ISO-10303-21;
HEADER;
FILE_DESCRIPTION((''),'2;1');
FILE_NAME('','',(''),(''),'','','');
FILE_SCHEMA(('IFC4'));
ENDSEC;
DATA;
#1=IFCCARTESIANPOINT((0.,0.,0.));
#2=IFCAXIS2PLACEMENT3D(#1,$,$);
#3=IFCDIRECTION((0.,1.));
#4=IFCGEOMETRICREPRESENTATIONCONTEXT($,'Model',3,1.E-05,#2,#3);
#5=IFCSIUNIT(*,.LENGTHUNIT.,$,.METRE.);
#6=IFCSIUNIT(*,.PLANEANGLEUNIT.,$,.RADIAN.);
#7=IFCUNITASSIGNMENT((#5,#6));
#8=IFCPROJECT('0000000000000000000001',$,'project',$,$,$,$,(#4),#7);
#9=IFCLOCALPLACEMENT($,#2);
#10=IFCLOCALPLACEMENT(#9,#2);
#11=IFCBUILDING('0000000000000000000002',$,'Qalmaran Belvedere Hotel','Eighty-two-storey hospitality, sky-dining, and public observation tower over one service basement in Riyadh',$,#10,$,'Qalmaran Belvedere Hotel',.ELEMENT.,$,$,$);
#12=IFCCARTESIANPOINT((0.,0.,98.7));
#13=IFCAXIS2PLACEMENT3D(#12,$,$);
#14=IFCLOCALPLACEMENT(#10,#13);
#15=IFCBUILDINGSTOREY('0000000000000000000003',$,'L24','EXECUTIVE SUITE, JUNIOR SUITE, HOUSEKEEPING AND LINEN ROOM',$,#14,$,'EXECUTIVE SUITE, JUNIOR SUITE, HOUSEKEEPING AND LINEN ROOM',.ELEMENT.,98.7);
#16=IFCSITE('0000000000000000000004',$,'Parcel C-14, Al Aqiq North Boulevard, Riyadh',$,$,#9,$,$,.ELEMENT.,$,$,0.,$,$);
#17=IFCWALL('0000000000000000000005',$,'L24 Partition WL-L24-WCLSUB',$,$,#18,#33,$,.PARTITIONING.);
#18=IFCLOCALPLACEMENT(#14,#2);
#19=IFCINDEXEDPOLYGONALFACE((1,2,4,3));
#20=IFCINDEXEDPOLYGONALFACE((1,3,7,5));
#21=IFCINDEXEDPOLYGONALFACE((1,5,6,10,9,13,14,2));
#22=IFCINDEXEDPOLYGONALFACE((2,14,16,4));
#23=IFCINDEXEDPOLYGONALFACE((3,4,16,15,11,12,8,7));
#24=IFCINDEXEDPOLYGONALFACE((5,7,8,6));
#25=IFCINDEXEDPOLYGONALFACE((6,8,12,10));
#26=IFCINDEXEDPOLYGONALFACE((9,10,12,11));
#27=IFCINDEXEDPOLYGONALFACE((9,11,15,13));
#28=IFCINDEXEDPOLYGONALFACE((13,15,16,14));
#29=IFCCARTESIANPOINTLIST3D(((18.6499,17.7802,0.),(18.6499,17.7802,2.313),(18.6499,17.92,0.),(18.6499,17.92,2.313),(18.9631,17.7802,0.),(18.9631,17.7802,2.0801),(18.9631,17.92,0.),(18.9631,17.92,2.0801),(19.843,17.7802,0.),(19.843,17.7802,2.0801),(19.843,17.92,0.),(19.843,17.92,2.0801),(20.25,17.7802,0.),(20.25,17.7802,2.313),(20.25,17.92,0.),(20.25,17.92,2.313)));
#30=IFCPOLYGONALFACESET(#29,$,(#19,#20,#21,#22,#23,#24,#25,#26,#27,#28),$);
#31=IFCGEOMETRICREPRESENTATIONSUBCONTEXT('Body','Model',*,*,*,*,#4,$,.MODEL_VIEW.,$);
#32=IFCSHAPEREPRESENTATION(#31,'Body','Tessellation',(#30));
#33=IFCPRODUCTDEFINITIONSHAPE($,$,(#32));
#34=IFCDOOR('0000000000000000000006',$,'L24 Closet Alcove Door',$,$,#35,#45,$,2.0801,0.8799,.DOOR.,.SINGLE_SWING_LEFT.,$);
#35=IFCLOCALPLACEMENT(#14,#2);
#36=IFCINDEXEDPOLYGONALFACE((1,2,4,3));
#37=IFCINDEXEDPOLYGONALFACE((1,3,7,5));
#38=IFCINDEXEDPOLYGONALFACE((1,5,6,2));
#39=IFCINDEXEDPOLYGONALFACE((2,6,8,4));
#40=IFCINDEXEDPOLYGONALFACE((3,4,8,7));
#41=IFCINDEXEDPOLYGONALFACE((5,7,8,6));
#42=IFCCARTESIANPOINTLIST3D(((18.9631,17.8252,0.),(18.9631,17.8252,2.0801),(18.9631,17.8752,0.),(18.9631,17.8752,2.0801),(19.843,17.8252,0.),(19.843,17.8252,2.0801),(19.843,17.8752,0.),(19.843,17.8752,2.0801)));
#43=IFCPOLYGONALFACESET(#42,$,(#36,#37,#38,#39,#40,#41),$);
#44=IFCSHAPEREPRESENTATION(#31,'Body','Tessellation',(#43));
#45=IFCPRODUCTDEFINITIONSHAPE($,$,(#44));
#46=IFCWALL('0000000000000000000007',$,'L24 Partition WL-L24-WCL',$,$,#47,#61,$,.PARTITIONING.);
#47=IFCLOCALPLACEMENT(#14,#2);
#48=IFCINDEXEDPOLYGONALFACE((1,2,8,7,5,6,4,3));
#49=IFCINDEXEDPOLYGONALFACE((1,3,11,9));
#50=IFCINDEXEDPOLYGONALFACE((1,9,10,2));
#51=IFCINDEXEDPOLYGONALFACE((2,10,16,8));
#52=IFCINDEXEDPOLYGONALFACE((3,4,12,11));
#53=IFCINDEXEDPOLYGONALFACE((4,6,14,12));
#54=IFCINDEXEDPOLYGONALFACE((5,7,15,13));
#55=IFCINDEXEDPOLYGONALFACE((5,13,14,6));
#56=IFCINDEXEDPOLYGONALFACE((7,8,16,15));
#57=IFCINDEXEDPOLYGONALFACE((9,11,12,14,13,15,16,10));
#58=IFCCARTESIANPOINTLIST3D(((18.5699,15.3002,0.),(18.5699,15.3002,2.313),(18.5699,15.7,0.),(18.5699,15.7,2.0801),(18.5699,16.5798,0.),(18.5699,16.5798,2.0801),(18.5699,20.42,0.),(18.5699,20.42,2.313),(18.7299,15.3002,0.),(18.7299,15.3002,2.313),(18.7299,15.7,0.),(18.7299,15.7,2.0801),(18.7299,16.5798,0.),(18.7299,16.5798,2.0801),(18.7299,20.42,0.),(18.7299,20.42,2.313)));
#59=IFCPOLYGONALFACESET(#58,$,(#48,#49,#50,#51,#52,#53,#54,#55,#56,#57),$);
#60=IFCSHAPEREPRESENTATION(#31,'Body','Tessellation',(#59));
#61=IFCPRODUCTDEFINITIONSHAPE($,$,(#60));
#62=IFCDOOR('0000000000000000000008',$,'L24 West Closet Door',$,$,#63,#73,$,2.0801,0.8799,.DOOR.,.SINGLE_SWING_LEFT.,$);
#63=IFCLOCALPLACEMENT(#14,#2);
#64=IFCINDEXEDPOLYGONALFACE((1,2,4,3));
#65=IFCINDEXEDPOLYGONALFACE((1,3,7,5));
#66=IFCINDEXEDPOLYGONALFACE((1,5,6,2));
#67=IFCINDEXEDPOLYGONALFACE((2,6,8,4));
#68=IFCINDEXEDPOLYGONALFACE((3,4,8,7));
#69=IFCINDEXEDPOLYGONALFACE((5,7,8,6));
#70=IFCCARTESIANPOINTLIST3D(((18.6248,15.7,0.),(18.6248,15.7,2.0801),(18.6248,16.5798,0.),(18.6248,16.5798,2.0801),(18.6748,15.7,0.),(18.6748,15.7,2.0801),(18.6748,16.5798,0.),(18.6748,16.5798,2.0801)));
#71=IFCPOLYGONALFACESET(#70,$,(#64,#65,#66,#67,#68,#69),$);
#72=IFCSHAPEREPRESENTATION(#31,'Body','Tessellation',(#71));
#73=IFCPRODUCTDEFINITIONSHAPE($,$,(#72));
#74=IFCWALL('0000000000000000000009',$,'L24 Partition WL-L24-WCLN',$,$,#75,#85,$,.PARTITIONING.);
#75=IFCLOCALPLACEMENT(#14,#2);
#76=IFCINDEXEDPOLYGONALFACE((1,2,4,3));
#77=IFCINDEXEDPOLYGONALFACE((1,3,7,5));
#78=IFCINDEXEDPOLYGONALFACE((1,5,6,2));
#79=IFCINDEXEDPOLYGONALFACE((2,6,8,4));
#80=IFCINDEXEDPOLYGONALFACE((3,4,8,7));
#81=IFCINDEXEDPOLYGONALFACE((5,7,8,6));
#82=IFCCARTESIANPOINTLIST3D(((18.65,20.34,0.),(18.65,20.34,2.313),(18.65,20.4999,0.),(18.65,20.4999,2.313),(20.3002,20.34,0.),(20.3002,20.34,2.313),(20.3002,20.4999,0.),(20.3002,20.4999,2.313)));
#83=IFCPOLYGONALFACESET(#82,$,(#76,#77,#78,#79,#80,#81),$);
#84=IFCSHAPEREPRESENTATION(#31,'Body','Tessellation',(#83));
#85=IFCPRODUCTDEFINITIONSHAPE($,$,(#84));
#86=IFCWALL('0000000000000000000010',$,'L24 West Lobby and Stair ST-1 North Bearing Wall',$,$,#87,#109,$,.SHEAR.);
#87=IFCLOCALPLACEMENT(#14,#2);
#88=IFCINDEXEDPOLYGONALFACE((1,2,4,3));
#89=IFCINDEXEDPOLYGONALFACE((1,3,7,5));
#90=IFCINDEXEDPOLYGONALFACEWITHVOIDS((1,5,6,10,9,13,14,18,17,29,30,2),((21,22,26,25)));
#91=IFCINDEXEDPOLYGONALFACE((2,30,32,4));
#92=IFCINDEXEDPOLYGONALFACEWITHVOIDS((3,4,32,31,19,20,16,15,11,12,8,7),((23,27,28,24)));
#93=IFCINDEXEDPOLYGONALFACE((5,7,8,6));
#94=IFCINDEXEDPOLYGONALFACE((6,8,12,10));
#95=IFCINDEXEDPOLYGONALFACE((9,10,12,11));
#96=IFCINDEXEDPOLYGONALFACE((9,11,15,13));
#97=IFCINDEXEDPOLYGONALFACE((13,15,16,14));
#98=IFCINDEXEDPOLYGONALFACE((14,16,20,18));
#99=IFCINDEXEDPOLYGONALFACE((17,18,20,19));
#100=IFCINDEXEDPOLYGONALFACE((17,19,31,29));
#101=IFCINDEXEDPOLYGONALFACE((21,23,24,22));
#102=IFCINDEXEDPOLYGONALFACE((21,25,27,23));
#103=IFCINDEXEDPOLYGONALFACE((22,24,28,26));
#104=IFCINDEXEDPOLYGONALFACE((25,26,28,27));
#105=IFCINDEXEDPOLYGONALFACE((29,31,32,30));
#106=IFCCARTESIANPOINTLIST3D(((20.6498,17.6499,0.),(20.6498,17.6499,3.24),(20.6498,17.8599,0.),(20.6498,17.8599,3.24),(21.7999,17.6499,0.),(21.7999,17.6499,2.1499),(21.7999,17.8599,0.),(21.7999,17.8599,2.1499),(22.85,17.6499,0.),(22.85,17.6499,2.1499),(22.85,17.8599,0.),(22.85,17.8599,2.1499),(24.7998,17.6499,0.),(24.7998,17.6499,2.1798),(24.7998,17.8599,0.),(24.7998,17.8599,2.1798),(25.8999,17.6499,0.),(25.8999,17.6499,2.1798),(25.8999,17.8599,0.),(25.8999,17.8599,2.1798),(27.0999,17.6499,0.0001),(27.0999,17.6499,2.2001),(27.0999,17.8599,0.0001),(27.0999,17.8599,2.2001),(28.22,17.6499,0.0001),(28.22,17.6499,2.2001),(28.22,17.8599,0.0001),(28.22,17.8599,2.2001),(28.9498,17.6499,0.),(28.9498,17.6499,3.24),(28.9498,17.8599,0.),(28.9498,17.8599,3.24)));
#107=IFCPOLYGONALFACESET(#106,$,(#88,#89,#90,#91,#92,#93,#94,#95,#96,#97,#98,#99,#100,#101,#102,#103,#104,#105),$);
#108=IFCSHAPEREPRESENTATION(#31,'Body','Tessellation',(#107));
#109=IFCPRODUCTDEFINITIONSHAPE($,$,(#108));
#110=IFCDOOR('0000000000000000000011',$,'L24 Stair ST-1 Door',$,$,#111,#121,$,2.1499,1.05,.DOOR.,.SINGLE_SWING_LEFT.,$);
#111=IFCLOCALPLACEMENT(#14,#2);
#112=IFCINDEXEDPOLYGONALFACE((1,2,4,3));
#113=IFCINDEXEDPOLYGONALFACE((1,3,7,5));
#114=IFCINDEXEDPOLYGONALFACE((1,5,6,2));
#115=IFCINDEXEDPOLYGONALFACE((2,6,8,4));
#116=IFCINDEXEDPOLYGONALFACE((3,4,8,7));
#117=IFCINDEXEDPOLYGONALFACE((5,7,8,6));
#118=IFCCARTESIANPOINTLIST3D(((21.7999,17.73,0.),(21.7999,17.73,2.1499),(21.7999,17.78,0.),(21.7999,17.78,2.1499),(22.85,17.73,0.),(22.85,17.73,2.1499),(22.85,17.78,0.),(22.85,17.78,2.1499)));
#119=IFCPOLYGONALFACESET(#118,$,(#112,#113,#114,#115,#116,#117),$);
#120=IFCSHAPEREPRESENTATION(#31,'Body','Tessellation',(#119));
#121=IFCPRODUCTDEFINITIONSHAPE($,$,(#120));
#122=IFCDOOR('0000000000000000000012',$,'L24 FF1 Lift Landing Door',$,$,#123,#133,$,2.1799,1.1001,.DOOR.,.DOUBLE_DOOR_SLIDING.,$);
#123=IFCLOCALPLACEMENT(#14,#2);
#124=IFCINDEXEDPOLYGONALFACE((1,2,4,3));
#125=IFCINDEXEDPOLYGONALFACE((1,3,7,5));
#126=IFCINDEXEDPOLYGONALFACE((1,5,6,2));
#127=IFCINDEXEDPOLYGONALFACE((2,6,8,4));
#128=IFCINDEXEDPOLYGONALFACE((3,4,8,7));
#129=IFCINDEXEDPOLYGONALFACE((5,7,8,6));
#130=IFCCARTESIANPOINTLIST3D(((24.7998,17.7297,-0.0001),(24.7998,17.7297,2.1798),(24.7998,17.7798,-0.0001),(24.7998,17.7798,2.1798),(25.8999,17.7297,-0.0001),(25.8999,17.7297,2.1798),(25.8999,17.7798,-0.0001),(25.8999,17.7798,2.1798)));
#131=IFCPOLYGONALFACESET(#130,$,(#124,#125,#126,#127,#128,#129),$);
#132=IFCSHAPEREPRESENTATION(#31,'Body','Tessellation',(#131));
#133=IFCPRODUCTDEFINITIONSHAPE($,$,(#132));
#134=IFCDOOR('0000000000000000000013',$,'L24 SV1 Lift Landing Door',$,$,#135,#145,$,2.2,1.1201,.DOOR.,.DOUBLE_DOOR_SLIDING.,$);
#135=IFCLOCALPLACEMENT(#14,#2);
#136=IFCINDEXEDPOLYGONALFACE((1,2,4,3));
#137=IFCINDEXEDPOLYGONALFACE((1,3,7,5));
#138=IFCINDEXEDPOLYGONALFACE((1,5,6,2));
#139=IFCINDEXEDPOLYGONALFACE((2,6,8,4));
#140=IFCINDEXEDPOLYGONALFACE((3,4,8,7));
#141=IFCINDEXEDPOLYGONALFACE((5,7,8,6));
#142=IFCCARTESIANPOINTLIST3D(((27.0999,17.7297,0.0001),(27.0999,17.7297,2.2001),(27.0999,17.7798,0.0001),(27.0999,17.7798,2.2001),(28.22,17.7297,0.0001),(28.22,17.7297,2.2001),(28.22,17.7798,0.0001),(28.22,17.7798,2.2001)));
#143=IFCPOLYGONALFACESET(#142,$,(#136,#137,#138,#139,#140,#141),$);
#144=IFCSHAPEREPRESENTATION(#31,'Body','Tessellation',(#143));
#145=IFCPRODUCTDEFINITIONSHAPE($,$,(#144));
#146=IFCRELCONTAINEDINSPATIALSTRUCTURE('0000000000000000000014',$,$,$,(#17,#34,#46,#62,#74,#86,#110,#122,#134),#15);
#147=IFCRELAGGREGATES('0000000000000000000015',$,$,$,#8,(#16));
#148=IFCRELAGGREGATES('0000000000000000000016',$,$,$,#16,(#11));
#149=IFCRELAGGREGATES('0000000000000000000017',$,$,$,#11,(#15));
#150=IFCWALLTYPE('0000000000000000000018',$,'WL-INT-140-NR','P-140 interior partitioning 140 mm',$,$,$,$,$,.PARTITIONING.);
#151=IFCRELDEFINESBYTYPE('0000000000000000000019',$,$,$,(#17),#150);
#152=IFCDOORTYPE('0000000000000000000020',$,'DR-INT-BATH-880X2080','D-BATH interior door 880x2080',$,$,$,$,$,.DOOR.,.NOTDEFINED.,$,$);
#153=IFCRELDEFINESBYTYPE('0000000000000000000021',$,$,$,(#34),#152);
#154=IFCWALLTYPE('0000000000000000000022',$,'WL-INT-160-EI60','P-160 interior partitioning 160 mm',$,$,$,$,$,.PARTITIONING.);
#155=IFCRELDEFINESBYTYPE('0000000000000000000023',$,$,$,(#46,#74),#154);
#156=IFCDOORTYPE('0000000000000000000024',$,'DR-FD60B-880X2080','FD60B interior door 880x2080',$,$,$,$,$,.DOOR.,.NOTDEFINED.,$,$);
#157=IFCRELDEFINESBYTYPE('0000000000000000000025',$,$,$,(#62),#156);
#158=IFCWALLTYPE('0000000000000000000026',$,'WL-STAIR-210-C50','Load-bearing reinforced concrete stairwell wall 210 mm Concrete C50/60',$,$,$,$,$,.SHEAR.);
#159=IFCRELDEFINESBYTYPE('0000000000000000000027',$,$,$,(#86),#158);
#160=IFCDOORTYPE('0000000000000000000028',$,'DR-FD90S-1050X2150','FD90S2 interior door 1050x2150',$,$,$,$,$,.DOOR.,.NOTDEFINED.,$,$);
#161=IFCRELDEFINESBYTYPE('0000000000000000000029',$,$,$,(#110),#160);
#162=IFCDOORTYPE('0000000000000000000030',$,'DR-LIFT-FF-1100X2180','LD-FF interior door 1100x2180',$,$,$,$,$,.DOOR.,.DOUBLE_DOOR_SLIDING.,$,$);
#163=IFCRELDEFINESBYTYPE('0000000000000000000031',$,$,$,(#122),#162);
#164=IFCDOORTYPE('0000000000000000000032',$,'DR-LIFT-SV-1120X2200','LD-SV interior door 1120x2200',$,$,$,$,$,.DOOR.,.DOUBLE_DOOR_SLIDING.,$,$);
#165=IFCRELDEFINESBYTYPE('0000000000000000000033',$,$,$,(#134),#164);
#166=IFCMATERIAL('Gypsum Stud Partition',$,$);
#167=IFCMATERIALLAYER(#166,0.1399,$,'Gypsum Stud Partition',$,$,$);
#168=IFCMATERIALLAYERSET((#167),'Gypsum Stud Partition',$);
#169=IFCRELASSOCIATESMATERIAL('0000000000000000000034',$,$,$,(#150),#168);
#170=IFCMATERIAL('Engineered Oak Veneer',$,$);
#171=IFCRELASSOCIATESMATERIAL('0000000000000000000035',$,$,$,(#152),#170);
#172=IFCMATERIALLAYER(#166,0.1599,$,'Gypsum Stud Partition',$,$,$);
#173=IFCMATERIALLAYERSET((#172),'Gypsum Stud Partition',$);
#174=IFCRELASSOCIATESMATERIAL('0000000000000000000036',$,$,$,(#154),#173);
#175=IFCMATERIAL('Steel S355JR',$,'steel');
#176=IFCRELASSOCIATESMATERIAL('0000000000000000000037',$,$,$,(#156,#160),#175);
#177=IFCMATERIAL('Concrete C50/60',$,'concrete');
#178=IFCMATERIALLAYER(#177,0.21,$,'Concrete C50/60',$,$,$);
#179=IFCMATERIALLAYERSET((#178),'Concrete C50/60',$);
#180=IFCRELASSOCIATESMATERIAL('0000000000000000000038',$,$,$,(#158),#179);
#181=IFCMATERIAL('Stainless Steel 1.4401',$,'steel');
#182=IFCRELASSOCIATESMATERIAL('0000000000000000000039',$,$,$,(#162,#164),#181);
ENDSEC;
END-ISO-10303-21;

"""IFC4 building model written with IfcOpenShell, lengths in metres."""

from ifc_helpers import new_model, si_unit, direction, frame, frame_2d, origin, place, context, subcontext, project, spatial, rectangle, extrude, material, layer, layer_set, type_object, element, fill, save


model = new_model("IFC4")

# Units and contexts
model_context = context("Model", 3, precision=1e-05, world=origin(), true_north=direction((0.0, 1.0)))
body_context = subcontext(model_context, "Body", "Model", "MODEL_VIEW")
ifc_project = project(units=[si_unit("LENGTHUNIT", "METRE"), si_unit("PLANEANGLEUNIT", "RADIAN")], contexts=[model_context])

# Site, building, storey
site_placement = place(None, origin())
site = spatial("IfcSite", under=ifc_project, at=site_placement, Name="Parcel C-14, Al Aqiq North Boulevard, Riyadh", CompositionType="ELEMENT", RefElevation=0.0)
building_placement = place(site_placement, origin())
building = spatial("IfcBuilding", under=site, at=building_placement, Name="Qalmaran Belvedere Hotel", Description="Eighty-two-storey hospitality, sky-dining, and public observation tower over one service basement in Riyadh", LongName="Qalmaran Belvedere Hotel", CompositionType="ELEMENT")
storey_placement = place(building_placement, frame((0.0, 0.0, 98.7)))
storey = spatial("IfcBuildingStorey", under=building, at=storey_placement, Name="L24", Description="EXECUTIVE SUITE, JUNIOR SUITE, HOUSEKEEPING AND LINEN ROOM", LongName="EXECUTIVE SUITE, JUNIOR SUITE, HOUSEKEEPING AND LINEN ROOM", CompositionType="ELEMENT", Elevation=98.7)

# Walls, openings, doors
ifc_material_1 = material(Name="Gypsum Stud Partition")
ifc_layer_1 = layer(ifc_material_1, 0.1399, Name="Gypsum Stud Partition")
ifc_layer_set_1 = layer_set([ifc_layer_1], Name="Gypsum Stud Partition")
wall_type_1 = type_object("IfcWallType", Name="WL-INT-140-NR", Description="P-140 interior partitioning 140 mm", PredefinedType="PARTITIONING", material=ifc_layer_set_1)
wall_1_placement = place(storey_placement, frame((18.6499, 17.8501, 0.0), z_axis=(0.0, 0.0, 1.0), x_axis=(1.0, 0.0, 0.0)))
wall_1 = element("IfcWall", 1, at=wall_1_placement, inside=storey, type_object=wall_type_1, Name="L24 Partition WL-L24-WCLSUB", PredefinedType="PARTITIONING", context=body_context, shape_type="SweptSolid", body=[
    extrude(rectangle(XDim=1.6001, YDim=0.1399, at=frame_2d((0.8, 0.0))), origin(), (0.0, 0.0, 1.0), 2.313),
])
opening_1_placement = place(wall_1_placement, frame((1.1931, 0.0, 0.0), z_axis=(0.0, 0.0, 1.0), x_axis=(-1.0, 0.0, 0.0)))
opening_1 = element("IfcOpeningElement", 2, at=opening_1_placement, cuts=wall_1, PredefinedType="OPENING", context=body_context, shape_type="SweptSolid", body=[
    extrude(rectangle(XDim=0.8799, YDim=2.0801, at=frame_2d((0.4399, 1.04))), frame((0.0, 0.0801, 0.0), z_axis=(0.0, -1.0, 0.0), x_axis=(1.0, 0.0, 0.0)), (0.0, 0.0, 1.0), 0.1599),
])
ifc_material_2 = material(Name="Engineered Oak Veneer")
door_type_1 = type_object("IfcDoorType", Name="DR-INT-BATH-880X2080", Description="D-BATH interior door 880x2080", OperationType="NOTDEFINED", PredefinedType="DOOR", material=ifc_material_2)
door_1_placement = place(opening_1_placement, origin())
door_1 = element("IfcDoor", 3, at=door_1_placement, inside=storey, type_object=door_type_1, Name="L24 Closet Alcove Door", OperationType="SINGLE_SWING_LEFT", OverallHeight=2.0801, OverallWidth=0.8799, PredefinedType="DOOR", context=body_context, shape_type="SweptSolid", body=[
    extrude(rectangle(XDim=0.8799, YDim=2.0801, at=frame_2d((0.4399, 1.04))), frame((0.0, 0.0249, 0.0), z_axis=(0.0, -1.0, 0.0), x_axis=(1.0, 0.0, 0.0)), (0.0, 0.0, 1.0), 0.05),
])
fill(opening_1, door_1)
ifc_layer_2 = layer(ifc_material_1, 0.1599, Name="Gypsum Stud Partition")
ifc_layer_set_2 = layer_set([ifc_layer_2], Name="Gypsum Stud Partition")
wall_type_2 = type_object("IfcWallType", Name="WL-INT-160-EI60", Description="P-160 interior partitioning 160 mm", PredefinedType="PARTITIONING", material=ifc_layer_set_2)
wall_2_placement = place(storey_placement, frame((18.6499, 15.3, 0.0), z_axis=(0.0, 0.0, 1.0), x_axis=(0.0, 1.0, 0.0)))
wall_2 = element("IfcWall", 4, at=wall_2_placement, inside=storey, type_object=wall_type_2, Name="L24 Partition WL-L24-WCL", PredefinedType="PARTITIONING", context=body_context, shape_type="SweptSolid", body=[
    extrude(rectangle(XDim=5.1199, YDim=0.1599, at=frame_2d((2.5601, 0.0))), origin(), (0.0, 0.0, 1.0), 2.313),
])
opening_2_placement = place(wall_2_placement, frame((1.2798, 0.0, 0.0), z_axis=(0.0, 0.0, 1.0), x_axis=(-1.0, 0.0, 0.0)))
opening_2 = element("IfcOpeningElement", 5, at=opening_2_placement, cuts=wall_2, PredefinedType="OPENING", context=body_context, shape_type="SweptSolid", body=[
    extrude(rectangle(XDim=0.8799, YDim=2.0801, at=frame_2d((0.4399, 1.04))), frame((0.0, 0.0898, 0.0), z_axis=(0.0, -1.0, 0.0), x_axis=(1.0, 0.0, 0.0)), (0.0, 0.0, 1.0), 0.1799),
])
ifc_material_3 = material(Name="Steel S355JR", Category="steel")
door_type_2 = type_object("IfcDoorType", Name="DR-FD60B-880X2080", Description="FD60B interior door 880x2080", OperationType="NOTDEFINED", PredefinedType="DOOR", material=ifc_material_3)
door_2_placement = place(opening_2_placement, origin())
door_2 = element("IfcDoor", 6, at=door_2_placement, inside=storey, type_object=door_type_2, Name="L24 West Closet Door", OperationType="SINGLE_SWING_LEFT", OverallHeight=2.0801, OverallWidth=0.8799, PredefinedType="DOOR", context=body_context, shape_type="SweptSolid", body=[
    extrude(rectangle(XDim=0.8799, YDim=2.0801, at=frame_2d((0.4399, 1.04))), frame((0.0, 0.0249, 0.0), z_axis=(0.0, -1.0, 0.0), x_axis=(1.0, 0.0, 0.0)), (0.0, 0.0, 1.0), 0.05),
])
fill(opening_2, door_2)

# Wall
wall_3_placement = place(storey_placement, frame((18.6499, 20.4199, 0.0), z_axis=(0.0, 0.0, 1.0), x_axis=(1.0, 0.0, 0.0)))
element("IfcWall", 7, at=wall_3_placement, inside=storey, type_object=wall_type_2, Name="L24 Partition WL-L24-WCLN", PredefinedType="PARTITIONING", context=body_context, shape_type="SweptSolid", body=[
    extrude(rectangle(XDim=1.6501, YDim=0.1599, at=frame_2d((0.8252, 0.0))), origin(), (0.0, 0.0, 1.0), 2.313),
])

# Wall, openings, doors
ifc_material_4 = material(Name="Concrete C50/60", Category="concrete")
ifc_layer_3 = layer(ifc_material_4, 0.21, Name="Concrete C50/60")
ifc_layer_set_3 = layer_set([ifc_layer_3], Name="Concrete C50/60")
wall_type_3 = type_object("IfcWallType", Name="WL-STAIR-210-C50", Description="Load-bearing reinforced concrete stairwell wall 210 mm Concrete C50/60", PredefinedType="SHEAR", material=ifc_layer_set_3)
wall_4_placement = place(storey_placement, frame((20.6499, 17.7549, 0.0), z_axis=(0.0, 0.0, 1.0), x_axis=(1.0, 0.0, 0.0)))
wall_4 = element("IfcWall", 8, at=wall_4_placement, inside=storey, type_object=wall_type_3, Name="L24 West Lobby and Stair ST-1 North Bearing Wall", PredefinedType="SHEAR", context=body_context, shape_type="SweptSolid", body=[
    extrude(rectangle(XDim=8.3, YDim=0.21, at=frame_2d((4.1499, 0.0))), origin(), (0.0, 0.0, 1.0), 3.24),
])
opening_3_placement = place(wall_4_placement, frame((2.2, 0.0, 0.0), z_axis=(0.0, 0.0, 1.0), x_axis=(-1.0, 0.0, 0.0)))
opening_3 = element("IfcOpeningElement", 9, at=opening_3_placement, cuts=wall_4, PredefinedType="OPENING", context=body_context, shape_type="SweptSolid", body=[
    extrude(rectangle(XDim=1.05, YDim=2.1499, at=frame_2d((0.5249, 1.075))), frame((0.0, 0.115, 0.0), z_axis=(0.0, -1.0, 0.0), x_axis=(1.0, 0.0, 0.0)), (0.0, 0.0, 1.0), 0.23),
])
opening_4_placement = place(wall_4_placement, frame((4.1499, 0.0, 0.0)))
opening_4 = element("IfcOpeningElement", 10, at=opening_4_placement, cuts=wall_4, PredefinedType="OPENING", context=body_context, shape_type="SweptSolid", body=[
    extrude(rectangle(XDim=1.1001, YDim=2.1799, at=frame_2d((0.55, 1.0898))), frame((0.0, 0.115, 0.0), z_axis=(0.0, -1.0, 0.0), x_axis=(1.0, 0.0, 0.0)), (0.0, 0.0, 1.0), 0.23),
])
opening_5_placement = place(wall_4_placement, frame((6.45, 0.0, 0.0)))
opening_5 = element("IfcOpeningElement", 11, at=opening_5_placement, cuts=wall_4, PredefinedType="OPENING", context=body_context, shape_type="SweptSolid", body=[
    extrude(rectangle(XDim=1.1201, YDim=2.2, at=frame_2d((0.5601, 1.1001))), frame((0.0, 0.115, 0.0), z_axis=(0.0, -1.0, 0.0), x_axis=(1.0, 0.0, 0.0)), (0.0, 0.0, 1.0), 0.23),
])
door_type_3 = type_object("IfcDoorType", Name="DR-FD90S-1050X2150", Description="FD90S2 interior door 1050x2150", OperationType="NOTDEFINED", PredefinedType="DOOR", material=ifc_material_3)
door_3_placement = place(opening_3_placement, origin())
door_3 = element("IfcDoor", 12, at=door_3_placement, inside=storey, type_object=door_type_3, Name="L24 Stair ST-1 Door", OperationType="SINGLE_SWING_LEFT", OverallHeight=2.1499, OverallWidth=1.05, PredefinedType="DOOR", context=body_context, shape_type="SweptSolid", body=[
    extrude(rectangle(XDim=1.05, YDim=2.1499, at=frame_2d((0.5249, 1.075))), frame((0.0, 0.0249, 0.0), z_axis=(0.0, -1.0, 0.0), x_axis=(1.0, 0.0, 0.0)), (0.0, 0.0, 1.0), 0.05),
])
fill(opening_3, door_3)
ifc_material_5 = material(Name="Stainless Steel 1.4401", Category="steel")
door_type_4 = type_object("IfcDoorType", Name="DR-LIFT-FF-1100X2180", Description="LD-FF interior door 1100x2180", OperationType="DOUBLE_DOOR_SLIDING", PredefinedType="DOOR", material=ifc_material_5)
door_4_placement = place(opening_4_placement, origin())
door_4 = element("IfcDoor", 13, at=door_4_placement, inside=storey, type_object=door_type_4, Name="L24 FF1 Lift Landing Door", OperationType="DOUBLE_DOOR_SLIDING", OverallHeight=2.1799, OverallWidth=1.1001, PredefinedType="DOOR", context=body_context, shape_type="SweptSolid", body=[
    extrude(rectangle(XDim=1.1001, YDim=2.1799, at=frame_2d((0.55, 1.0898))), frame((0.0, 0.0249, 0.0), z_axis=(0.0, -1.0, 0.0), x_axis=(1.0, 0.0, 0.0)), (0.0, 0.0, 1.0), 0.05),
])
fill(opening_4, door_4)
door_type_5 = type_object("IfcDoorType", Name="DR-LIFT-SV-1120X2200", Description="LD-SV interior door 1120x2200", OperationType="DOUBLE_DOOR_SLIDING", PredefinedType="DOOR", material=ifc_material_5)
door_5_placement = place(opening_5_placement, origin())
door_5 = element("IfcDoor", 14, at=door_5_placement, inside=storey, type_object=door_type_5, Name="L24 SV1 Lift Landing Door", OperationType="DOUBLE_DOOR_SLIDING", OverallHeight=2.2, OverallWidth=1.1201, PredefinedType="DOOR", context=body_context, shape_type="SweptSolid", body=[
    extrude(rectangle(XDim=1.1201, YDim=2.2, at=frame_2d((0.5601, 1.1001))), frame((0.0, 0.0249, 0.0), z_axis=(0.0, -1.0, 0.0), x_axis=(1.0, 0.0, 0.0)), (0.0, 0.0, 1.0), 0.05),
])
fill(opening_5, door_5)

save(model, "model.ifc")
